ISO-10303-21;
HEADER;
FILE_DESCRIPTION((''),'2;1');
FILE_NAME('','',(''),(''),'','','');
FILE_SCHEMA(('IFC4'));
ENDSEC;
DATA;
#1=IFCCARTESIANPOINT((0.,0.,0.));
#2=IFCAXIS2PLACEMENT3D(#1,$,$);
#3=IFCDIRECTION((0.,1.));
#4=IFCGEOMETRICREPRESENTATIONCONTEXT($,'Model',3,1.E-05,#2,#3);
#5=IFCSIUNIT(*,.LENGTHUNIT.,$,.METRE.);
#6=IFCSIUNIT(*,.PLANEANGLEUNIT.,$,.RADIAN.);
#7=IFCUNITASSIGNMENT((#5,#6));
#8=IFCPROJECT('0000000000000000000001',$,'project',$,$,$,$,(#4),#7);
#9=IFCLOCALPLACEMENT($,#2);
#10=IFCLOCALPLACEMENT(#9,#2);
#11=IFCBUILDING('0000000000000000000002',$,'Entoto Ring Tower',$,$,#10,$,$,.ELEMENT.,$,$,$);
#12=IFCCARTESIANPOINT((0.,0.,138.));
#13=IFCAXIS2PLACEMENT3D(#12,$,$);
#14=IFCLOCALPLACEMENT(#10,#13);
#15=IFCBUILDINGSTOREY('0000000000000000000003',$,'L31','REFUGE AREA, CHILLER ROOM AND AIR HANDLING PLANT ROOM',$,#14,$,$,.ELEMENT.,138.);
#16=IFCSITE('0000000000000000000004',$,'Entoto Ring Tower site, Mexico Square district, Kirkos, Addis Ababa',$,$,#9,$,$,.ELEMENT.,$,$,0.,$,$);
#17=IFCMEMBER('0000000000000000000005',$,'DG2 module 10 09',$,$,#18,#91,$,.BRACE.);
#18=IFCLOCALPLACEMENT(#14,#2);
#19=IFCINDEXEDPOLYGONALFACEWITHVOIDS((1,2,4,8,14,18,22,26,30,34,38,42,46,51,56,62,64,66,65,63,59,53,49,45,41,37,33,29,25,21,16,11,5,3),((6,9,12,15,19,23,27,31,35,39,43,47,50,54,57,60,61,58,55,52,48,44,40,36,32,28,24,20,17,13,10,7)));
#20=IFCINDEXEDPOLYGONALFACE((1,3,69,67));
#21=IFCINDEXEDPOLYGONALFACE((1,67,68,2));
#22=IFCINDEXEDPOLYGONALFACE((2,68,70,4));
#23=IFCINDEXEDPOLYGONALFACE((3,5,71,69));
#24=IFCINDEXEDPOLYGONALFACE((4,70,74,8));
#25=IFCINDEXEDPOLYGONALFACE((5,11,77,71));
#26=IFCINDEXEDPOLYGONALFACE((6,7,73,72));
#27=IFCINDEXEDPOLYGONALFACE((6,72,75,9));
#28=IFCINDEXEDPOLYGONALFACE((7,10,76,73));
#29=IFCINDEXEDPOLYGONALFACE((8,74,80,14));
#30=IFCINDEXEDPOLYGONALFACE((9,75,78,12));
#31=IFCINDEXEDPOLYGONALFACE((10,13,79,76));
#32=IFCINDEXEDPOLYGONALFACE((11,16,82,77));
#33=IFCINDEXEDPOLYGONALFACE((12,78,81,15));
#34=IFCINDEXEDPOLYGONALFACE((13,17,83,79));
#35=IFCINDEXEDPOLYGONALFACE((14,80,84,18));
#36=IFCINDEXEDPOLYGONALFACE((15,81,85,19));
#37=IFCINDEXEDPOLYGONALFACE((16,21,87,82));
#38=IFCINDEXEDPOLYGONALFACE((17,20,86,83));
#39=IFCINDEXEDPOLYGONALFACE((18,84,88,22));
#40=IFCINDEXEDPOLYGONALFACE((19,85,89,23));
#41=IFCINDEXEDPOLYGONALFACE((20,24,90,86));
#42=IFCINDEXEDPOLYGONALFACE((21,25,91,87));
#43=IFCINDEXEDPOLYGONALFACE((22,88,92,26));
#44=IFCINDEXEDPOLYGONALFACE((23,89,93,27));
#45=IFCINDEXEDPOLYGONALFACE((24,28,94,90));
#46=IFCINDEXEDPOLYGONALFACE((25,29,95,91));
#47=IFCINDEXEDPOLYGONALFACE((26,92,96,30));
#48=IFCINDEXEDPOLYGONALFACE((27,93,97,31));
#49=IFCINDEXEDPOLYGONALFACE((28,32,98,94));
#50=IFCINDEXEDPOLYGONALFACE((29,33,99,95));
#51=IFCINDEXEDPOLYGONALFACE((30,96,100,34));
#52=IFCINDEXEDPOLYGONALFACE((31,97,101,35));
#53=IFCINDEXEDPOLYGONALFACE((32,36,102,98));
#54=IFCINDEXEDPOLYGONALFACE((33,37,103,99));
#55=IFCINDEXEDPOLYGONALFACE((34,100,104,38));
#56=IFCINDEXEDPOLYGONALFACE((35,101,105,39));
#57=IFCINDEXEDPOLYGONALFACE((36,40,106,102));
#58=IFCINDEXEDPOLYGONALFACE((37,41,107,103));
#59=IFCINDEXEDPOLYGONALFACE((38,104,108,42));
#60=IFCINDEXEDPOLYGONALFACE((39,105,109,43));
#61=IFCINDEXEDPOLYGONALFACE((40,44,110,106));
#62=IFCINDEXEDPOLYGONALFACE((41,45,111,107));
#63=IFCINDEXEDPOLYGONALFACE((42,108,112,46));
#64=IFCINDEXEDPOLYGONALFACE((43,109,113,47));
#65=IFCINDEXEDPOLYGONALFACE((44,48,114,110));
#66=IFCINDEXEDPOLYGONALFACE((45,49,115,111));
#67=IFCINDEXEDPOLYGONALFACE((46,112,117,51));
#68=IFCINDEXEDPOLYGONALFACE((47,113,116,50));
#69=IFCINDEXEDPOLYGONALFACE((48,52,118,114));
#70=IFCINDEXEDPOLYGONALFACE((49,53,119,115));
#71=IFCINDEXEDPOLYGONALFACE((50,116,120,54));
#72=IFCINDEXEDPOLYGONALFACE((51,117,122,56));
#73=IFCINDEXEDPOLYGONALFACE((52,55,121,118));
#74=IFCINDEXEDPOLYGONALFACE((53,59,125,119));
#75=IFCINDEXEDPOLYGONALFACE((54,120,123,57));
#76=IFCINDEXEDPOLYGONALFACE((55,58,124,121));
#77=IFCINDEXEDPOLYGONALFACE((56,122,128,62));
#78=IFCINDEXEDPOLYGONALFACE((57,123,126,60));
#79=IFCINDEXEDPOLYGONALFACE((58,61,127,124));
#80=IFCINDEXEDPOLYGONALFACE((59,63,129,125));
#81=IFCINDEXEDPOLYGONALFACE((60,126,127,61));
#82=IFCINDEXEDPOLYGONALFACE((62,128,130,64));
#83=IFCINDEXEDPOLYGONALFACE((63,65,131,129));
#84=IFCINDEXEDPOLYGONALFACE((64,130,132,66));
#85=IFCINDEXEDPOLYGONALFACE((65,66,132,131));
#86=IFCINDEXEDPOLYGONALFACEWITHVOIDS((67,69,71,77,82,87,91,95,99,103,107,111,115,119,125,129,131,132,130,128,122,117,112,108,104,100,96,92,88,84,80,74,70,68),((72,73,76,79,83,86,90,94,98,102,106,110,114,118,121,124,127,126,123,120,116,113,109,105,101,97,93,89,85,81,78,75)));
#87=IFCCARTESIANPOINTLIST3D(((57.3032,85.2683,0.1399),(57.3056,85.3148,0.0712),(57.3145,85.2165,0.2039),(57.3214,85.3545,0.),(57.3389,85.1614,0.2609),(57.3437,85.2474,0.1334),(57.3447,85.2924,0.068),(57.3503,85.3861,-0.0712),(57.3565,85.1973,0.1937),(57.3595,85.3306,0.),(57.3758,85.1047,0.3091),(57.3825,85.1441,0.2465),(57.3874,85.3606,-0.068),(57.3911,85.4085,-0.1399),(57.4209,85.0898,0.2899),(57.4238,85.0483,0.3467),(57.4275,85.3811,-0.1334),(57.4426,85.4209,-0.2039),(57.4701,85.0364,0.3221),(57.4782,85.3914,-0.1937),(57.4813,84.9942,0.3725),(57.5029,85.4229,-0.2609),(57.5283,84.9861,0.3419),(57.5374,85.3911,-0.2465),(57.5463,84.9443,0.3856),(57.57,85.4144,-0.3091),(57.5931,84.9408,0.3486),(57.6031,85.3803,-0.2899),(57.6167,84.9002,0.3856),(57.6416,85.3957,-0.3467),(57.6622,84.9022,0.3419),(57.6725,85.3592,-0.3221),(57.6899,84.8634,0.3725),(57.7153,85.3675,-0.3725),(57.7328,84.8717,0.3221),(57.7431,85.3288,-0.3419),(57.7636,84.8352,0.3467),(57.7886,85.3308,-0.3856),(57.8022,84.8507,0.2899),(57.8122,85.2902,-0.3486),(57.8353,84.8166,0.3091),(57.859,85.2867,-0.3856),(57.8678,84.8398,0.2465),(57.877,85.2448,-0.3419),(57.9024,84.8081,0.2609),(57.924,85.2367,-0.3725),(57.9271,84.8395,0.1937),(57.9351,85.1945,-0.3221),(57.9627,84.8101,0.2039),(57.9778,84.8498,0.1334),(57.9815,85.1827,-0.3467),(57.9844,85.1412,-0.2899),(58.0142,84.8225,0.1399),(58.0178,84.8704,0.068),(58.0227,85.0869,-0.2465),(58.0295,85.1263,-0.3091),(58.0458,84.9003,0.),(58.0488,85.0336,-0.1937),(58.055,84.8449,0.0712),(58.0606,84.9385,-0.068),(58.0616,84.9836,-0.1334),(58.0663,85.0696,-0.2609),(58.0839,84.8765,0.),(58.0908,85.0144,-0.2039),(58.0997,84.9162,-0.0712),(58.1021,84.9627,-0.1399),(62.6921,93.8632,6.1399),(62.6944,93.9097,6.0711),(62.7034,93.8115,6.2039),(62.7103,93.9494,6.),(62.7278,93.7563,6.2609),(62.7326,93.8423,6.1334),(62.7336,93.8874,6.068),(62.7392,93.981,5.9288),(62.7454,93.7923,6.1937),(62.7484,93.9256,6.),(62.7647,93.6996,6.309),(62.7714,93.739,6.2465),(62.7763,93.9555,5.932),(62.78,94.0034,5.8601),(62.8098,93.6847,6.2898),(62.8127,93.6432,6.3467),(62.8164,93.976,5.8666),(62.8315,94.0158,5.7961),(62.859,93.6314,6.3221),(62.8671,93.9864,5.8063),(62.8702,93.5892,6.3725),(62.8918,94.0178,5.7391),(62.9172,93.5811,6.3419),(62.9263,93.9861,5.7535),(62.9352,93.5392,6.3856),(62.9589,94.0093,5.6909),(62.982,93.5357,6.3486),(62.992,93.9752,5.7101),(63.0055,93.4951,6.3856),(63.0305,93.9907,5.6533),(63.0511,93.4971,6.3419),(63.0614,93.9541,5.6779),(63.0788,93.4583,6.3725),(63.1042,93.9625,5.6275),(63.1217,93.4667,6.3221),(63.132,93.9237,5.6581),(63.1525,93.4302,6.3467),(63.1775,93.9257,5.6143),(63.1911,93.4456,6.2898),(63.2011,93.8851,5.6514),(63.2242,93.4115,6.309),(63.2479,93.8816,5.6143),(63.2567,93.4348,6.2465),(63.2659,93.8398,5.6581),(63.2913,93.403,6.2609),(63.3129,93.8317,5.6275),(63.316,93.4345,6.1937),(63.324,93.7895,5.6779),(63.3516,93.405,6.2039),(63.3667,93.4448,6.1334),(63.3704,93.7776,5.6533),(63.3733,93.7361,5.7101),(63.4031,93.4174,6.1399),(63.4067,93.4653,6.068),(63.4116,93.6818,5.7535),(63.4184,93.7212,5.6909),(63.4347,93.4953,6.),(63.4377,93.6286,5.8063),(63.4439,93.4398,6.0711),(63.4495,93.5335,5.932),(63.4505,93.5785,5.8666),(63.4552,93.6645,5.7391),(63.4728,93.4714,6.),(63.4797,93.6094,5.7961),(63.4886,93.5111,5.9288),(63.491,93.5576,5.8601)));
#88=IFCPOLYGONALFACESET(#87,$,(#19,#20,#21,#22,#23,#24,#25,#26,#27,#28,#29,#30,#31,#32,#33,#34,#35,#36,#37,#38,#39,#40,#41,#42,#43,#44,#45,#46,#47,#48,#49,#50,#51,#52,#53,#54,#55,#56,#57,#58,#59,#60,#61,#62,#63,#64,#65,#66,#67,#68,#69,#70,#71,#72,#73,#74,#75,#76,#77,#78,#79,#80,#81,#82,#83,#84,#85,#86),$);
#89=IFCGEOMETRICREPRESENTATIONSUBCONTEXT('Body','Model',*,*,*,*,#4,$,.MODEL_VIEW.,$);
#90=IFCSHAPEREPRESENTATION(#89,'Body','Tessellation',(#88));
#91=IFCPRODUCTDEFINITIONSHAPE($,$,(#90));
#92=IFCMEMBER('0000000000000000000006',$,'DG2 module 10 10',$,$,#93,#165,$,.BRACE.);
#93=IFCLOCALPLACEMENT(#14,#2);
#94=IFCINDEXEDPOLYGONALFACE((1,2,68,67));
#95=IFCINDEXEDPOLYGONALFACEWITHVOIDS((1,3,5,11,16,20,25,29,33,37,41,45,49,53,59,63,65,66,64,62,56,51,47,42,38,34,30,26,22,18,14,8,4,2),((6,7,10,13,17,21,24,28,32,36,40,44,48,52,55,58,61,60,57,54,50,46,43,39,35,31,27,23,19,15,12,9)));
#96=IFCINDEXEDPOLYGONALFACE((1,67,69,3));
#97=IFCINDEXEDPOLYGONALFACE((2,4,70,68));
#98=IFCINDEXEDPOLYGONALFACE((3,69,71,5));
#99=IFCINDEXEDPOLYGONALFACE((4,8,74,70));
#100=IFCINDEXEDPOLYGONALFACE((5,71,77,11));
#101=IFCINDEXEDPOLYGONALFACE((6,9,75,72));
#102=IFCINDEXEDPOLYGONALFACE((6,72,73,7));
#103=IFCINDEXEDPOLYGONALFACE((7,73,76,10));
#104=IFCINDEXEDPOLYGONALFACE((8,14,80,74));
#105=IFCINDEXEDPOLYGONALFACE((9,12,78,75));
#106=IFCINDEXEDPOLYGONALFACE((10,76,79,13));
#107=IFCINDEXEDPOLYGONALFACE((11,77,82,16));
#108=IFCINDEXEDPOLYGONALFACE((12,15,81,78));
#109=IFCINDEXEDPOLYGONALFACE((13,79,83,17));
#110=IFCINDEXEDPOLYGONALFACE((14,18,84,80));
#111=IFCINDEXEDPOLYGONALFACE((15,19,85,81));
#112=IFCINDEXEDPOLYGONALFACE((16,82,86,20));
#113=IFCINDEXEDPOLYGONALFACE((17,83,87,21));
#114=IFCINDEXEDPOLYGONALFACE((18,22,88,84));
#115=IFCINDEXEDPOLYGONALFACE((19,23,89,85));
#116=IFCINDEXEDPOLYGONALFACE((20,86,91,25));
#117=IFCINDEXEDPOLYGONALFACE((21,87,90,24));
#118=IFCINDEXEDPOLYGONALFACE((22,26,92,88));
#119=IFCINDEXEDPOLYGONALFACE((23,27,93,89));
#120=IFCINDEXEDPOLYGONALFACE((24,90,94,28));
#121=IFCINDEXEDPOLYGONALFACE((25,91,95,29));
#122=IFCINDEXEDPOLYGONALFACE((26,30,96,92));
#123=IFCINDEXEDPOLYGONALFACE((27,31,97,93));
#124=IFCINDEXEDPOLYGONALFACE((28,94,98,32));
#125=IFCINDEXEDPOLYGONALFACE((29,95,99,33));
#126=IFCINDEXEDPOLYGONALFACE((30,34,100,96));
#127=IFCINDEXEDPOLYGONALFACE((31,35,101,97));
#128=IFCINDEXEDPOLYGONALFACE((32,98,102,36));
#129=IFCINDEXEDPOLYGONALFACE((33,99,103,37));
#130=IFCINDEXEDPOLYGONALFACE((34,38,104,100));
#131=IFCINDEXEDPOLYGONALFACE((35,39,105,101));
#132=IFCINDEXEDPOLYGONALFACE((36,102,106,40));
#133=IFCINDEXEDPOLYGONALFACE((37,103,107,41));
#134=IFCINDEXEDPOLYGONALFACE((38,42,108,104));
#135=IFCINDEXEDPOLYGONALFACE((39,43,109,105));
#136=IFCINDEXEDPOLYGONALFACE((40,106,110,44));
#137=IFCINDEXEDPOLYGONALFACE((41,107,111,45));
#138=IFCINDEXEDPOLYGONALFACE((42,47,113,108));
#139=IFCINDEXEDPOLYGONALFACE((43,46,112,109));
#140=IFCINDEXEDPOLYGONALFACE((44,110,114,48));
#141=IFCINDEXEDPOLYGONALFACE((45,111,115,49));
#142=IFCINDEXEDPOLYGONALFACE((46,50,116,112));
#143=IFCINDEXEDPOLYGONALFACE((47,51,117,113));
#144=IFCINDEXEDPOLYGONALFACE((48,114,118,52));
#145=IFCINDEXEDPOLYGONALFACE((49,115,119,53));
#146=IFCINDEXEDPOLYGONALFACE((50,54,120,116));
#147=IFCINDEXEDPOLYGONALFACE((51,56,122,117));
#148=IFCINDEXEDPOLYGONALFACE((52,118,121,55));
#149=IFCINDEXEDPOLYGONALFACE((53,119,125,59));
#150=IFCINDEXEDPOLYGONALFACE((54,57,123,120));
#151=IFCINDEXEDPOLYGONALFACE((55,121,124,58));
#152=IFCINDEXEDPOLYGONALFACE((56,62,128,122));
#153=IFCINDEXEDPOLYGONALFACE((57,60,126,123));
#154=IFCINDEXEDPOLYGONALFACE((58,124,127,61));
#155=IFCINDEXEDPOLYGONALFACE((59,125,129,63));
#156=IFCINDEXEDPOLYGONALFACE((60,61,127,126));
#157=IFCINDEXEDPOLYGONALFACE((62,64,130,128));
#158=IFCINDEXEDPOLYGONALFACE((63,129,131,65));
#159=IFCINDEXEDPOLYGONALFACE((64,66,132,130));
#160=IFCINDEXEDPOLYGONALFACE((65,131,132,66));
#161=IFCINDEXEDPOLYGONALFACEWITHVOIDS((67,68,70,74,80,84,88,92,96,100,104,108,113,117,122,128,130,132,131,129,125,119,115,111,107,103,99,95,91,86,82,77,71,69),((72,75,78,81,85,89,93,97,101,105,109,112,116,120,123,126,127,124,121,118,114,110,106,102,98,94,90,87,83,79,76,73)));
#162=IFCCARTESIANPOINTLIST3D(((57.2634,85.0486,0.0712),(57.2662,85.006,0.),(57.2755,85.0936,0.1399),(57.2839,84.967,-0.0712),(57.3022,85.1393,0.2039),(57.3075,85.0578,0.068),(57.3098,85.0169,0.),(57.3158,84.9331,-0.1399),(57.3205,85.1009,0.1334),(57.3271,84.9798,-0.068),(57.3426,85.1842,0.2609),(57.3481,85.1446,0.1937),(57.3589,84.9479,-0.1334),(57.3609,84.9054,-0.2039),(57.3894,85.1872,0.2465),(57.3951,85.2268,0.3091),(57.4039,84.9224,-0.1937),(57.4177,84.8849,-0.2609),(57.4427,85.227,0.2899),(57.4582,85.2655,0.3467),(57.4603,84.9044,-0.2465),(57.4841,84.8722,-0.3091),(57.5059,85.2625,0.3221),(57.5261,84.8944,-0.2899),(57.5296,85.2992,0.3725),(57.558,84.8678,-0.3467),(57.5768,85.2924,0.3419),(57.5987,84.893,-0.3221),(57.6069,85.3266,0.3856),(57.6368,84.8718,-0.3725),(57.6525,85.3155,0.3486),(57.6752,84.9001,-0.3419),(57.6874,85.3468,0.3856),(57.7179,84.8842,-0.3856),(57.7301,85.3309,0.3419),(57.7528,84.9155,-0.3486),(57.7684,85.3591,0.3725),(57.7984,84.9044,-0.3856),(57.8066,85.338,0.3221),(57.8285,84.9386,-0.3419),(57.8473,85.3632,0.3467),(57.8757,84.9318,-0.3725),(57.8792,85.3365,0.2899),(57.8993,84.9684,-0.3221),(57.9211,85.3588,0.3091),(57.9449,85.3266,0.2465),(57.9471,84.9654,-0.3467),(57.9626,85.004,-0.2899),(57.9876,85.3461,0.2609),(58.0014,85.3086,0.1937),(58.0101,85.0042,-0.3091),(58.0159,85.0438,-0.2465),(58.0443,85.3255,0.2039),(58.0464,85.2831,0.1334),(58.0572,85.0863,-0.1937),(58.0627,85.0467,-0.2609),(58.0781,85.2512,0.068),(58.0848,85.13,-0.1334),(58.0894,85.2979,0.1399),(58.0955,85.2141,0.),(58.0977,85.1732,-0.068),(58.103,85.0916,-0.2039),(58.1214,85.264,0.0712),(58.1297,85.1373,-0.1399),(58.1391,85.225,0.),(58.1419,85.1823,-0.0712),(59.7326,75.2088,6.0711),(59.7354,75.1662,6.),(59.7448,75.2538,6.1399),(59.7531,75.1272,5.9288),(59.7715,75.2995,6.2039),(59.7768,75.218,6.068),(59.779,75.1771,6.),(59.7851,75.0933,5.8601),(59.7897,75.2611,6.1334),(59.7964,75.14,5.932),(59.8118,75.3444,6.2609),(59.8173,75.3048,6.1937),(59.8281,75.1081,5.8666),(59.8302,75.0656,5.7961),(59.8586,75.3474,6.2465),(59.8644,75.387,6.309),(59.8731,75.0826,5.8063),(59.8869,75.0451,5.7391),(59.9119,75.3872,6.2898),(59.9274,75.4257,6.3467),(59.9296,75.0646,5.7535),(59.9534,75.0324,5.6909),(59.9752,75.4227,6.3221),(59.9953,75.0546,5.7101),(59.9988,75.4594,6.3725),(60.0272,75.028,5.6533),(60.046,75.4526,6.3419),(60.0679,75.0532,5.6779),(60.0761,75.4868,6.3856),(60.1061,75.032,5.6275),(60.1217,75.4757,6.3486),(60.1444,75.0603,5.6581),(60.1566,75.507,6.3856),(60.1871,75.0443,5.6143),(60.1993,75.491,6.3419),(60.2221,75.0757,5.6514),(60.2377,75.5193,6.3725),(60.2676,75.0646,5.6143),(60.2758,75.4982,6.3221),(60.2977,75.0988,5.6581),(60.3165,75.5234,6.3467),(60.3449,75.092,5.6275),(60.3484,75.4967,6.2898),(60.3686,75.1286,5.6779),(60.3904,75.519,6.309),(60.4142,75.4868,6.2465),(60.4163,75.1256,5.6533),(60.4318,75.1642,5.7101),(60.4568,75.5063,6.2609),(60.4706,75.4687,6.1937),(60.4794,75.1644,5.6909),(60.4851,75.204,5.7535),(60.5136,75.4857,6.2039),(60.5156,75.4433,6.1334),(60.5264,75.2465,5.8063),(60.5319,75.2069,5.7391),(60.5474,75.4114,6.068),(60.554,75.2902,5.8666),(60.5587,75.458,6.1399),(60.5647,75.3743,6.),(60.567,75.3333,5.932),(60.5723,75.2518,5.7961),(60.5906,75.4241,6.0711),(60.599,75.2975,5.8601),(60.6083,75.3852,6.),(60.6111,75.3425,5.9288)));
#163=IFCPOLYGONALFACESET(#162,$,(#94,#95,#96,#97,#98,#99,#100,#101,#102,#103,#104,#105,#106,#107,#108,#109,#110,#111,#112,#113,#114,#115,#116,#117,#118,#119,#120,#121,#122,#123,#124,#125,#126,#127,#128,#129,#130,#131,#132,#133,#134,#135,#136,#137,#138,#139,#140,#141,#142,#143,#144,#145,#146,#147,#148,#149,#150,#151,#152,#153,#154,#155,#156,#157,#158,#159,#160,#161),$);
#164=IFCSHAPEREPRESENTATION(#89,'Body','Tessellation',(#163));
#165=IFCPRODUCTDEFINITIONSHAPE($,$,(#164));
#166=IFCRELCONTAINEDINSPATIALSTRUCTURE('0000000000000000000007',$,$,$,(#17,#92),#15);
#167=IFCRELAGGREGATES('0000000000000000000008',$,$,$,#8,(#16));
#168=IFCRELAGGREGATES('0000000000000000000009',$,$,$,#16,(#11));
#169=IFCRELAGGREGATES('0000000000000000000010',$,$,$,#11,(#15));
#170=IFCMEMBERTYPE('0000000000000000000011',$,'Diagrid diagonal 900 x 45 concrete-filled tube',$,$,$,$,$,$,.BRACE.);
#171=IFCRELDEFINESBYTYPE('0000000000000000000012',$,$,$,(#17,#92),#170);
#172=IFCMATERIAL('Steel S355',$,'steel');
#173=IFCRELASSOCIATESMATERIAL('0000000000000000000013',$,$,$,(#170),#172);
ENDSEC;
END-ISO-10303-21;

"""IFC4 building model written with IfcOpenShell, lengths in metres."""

from ifc_helpers import new_model, si_unit, direction, frame, origin, origin_2d, place, context, subcontext, project, spatial, circle, hollow_circle, extrude, material, material_profile, profile_set, type_object, element, save


model = new_model("IFC4")

# Units and contexts
model_context = context("Model", 3, precision=1e-05, world=origin(), true_north=direction((0.0, 1.0)))
body_context = subcontext(model_context, "Body", "Model", "MODEL_VIEW")
ifc_project = project(units=[si_unit("LENGTHUNIT", "METRE"), si_unit("PLANEANGLEUNIT", "RADIAN")], contexts=[model_context])

# Site, building, storey
site_placement = place(None, origin())
site = spatial("IfcSite", under=ifc_project, at=site_placement, Name="Entoto Ring Tower site, Mexico Square district, Kirkos, Addis Ababa", CompositionType="ELEMENT", RefElevation=0.0)
building_placement = place(site_placement, origin())
building = spatial("IfcBuilding", under=site, at=building_placement, Name="Entoto Ring Tower", CompositionType="ELEMENT")
storey_placement = place(building_placement, frame((0.0, 0.0, 138.0)))
storey = spatial("IfcBuildingStorey", under=building, at=storey_placement, Name="L31", Description="REFUGE AREA, CHILLER ROOM AND AIR HANDLING PLANT ROOM", CompositionType="ELEMENT", Elevation=138.0)

# Members
ifc_material_1 = material(Name="Steel S355", Category="steel")
ifc_material_profile_1 = material_profile(ifc_material_1, hollow_circle(Radius=0.45, WallThickness=0.0449, at=origin_2d()), Name="CHS 900 x 45")
ifc_material_2 = material(Name="Concrete C60/75", Category="concrete")
ifc_material_profile_2 = material_profile(ifc_material_2, circle(Radius=0.405, at=origin_2d()), Name="Concrete C60/75 infill")
ifc_profile_set_1 = profile_set([ifc_material_profile_1, ifc_material_profile_2], Name="Steel S355")
member_type_1 = type_object("IfcMemberType", Name="Diagrid diagonal 900 x 45 concrete-filled tube", PredefinedType="BRACE", material=ifc_profile_set_1)
member_1_placement = place(storey_placement, frame((57.7026, 85.1155, 0.0), z_axis=(0.457223, 0.729242, 0.509071), x_axis=(-0.847242, 0.531208, 0.0)))
element("IfcMember", 1, at=member_1_placement, inside=storey, type_object=member_type_1, Name="DG2 module 10 09", PredefinedType="BRACE", context=body_context, shape_type="SweptSolid", body=[
    extrude(hollow_circle(Radius=0.45, WallThickness=0.0449, at=origin_2d()), origin(), (0.0, 0.0, 1.0), 11.7861),
])
member_2_placement = place(storey_placement, frame((57.7026, 85.1155, 0.0), z_axis=(0.209499, -0.834846, 0.50906), x_axis=(0.969927, 0.243396, 0.0)))
element("IfcMember", 2, at=member_2_placement, inside=storey, type_object=member_type_1, Name="DG2 module 10 10", PredefinedType="BRACE", context=body_context, shape_type="SweptSolid", body=[
    extrude(hollow_circle(Radius=0.45, WallThickness=0.0449, at=origin_2d()), origin(), (0.0, 0.0, 1.0), 11.7864),
])

save(model, "model.ifc")
